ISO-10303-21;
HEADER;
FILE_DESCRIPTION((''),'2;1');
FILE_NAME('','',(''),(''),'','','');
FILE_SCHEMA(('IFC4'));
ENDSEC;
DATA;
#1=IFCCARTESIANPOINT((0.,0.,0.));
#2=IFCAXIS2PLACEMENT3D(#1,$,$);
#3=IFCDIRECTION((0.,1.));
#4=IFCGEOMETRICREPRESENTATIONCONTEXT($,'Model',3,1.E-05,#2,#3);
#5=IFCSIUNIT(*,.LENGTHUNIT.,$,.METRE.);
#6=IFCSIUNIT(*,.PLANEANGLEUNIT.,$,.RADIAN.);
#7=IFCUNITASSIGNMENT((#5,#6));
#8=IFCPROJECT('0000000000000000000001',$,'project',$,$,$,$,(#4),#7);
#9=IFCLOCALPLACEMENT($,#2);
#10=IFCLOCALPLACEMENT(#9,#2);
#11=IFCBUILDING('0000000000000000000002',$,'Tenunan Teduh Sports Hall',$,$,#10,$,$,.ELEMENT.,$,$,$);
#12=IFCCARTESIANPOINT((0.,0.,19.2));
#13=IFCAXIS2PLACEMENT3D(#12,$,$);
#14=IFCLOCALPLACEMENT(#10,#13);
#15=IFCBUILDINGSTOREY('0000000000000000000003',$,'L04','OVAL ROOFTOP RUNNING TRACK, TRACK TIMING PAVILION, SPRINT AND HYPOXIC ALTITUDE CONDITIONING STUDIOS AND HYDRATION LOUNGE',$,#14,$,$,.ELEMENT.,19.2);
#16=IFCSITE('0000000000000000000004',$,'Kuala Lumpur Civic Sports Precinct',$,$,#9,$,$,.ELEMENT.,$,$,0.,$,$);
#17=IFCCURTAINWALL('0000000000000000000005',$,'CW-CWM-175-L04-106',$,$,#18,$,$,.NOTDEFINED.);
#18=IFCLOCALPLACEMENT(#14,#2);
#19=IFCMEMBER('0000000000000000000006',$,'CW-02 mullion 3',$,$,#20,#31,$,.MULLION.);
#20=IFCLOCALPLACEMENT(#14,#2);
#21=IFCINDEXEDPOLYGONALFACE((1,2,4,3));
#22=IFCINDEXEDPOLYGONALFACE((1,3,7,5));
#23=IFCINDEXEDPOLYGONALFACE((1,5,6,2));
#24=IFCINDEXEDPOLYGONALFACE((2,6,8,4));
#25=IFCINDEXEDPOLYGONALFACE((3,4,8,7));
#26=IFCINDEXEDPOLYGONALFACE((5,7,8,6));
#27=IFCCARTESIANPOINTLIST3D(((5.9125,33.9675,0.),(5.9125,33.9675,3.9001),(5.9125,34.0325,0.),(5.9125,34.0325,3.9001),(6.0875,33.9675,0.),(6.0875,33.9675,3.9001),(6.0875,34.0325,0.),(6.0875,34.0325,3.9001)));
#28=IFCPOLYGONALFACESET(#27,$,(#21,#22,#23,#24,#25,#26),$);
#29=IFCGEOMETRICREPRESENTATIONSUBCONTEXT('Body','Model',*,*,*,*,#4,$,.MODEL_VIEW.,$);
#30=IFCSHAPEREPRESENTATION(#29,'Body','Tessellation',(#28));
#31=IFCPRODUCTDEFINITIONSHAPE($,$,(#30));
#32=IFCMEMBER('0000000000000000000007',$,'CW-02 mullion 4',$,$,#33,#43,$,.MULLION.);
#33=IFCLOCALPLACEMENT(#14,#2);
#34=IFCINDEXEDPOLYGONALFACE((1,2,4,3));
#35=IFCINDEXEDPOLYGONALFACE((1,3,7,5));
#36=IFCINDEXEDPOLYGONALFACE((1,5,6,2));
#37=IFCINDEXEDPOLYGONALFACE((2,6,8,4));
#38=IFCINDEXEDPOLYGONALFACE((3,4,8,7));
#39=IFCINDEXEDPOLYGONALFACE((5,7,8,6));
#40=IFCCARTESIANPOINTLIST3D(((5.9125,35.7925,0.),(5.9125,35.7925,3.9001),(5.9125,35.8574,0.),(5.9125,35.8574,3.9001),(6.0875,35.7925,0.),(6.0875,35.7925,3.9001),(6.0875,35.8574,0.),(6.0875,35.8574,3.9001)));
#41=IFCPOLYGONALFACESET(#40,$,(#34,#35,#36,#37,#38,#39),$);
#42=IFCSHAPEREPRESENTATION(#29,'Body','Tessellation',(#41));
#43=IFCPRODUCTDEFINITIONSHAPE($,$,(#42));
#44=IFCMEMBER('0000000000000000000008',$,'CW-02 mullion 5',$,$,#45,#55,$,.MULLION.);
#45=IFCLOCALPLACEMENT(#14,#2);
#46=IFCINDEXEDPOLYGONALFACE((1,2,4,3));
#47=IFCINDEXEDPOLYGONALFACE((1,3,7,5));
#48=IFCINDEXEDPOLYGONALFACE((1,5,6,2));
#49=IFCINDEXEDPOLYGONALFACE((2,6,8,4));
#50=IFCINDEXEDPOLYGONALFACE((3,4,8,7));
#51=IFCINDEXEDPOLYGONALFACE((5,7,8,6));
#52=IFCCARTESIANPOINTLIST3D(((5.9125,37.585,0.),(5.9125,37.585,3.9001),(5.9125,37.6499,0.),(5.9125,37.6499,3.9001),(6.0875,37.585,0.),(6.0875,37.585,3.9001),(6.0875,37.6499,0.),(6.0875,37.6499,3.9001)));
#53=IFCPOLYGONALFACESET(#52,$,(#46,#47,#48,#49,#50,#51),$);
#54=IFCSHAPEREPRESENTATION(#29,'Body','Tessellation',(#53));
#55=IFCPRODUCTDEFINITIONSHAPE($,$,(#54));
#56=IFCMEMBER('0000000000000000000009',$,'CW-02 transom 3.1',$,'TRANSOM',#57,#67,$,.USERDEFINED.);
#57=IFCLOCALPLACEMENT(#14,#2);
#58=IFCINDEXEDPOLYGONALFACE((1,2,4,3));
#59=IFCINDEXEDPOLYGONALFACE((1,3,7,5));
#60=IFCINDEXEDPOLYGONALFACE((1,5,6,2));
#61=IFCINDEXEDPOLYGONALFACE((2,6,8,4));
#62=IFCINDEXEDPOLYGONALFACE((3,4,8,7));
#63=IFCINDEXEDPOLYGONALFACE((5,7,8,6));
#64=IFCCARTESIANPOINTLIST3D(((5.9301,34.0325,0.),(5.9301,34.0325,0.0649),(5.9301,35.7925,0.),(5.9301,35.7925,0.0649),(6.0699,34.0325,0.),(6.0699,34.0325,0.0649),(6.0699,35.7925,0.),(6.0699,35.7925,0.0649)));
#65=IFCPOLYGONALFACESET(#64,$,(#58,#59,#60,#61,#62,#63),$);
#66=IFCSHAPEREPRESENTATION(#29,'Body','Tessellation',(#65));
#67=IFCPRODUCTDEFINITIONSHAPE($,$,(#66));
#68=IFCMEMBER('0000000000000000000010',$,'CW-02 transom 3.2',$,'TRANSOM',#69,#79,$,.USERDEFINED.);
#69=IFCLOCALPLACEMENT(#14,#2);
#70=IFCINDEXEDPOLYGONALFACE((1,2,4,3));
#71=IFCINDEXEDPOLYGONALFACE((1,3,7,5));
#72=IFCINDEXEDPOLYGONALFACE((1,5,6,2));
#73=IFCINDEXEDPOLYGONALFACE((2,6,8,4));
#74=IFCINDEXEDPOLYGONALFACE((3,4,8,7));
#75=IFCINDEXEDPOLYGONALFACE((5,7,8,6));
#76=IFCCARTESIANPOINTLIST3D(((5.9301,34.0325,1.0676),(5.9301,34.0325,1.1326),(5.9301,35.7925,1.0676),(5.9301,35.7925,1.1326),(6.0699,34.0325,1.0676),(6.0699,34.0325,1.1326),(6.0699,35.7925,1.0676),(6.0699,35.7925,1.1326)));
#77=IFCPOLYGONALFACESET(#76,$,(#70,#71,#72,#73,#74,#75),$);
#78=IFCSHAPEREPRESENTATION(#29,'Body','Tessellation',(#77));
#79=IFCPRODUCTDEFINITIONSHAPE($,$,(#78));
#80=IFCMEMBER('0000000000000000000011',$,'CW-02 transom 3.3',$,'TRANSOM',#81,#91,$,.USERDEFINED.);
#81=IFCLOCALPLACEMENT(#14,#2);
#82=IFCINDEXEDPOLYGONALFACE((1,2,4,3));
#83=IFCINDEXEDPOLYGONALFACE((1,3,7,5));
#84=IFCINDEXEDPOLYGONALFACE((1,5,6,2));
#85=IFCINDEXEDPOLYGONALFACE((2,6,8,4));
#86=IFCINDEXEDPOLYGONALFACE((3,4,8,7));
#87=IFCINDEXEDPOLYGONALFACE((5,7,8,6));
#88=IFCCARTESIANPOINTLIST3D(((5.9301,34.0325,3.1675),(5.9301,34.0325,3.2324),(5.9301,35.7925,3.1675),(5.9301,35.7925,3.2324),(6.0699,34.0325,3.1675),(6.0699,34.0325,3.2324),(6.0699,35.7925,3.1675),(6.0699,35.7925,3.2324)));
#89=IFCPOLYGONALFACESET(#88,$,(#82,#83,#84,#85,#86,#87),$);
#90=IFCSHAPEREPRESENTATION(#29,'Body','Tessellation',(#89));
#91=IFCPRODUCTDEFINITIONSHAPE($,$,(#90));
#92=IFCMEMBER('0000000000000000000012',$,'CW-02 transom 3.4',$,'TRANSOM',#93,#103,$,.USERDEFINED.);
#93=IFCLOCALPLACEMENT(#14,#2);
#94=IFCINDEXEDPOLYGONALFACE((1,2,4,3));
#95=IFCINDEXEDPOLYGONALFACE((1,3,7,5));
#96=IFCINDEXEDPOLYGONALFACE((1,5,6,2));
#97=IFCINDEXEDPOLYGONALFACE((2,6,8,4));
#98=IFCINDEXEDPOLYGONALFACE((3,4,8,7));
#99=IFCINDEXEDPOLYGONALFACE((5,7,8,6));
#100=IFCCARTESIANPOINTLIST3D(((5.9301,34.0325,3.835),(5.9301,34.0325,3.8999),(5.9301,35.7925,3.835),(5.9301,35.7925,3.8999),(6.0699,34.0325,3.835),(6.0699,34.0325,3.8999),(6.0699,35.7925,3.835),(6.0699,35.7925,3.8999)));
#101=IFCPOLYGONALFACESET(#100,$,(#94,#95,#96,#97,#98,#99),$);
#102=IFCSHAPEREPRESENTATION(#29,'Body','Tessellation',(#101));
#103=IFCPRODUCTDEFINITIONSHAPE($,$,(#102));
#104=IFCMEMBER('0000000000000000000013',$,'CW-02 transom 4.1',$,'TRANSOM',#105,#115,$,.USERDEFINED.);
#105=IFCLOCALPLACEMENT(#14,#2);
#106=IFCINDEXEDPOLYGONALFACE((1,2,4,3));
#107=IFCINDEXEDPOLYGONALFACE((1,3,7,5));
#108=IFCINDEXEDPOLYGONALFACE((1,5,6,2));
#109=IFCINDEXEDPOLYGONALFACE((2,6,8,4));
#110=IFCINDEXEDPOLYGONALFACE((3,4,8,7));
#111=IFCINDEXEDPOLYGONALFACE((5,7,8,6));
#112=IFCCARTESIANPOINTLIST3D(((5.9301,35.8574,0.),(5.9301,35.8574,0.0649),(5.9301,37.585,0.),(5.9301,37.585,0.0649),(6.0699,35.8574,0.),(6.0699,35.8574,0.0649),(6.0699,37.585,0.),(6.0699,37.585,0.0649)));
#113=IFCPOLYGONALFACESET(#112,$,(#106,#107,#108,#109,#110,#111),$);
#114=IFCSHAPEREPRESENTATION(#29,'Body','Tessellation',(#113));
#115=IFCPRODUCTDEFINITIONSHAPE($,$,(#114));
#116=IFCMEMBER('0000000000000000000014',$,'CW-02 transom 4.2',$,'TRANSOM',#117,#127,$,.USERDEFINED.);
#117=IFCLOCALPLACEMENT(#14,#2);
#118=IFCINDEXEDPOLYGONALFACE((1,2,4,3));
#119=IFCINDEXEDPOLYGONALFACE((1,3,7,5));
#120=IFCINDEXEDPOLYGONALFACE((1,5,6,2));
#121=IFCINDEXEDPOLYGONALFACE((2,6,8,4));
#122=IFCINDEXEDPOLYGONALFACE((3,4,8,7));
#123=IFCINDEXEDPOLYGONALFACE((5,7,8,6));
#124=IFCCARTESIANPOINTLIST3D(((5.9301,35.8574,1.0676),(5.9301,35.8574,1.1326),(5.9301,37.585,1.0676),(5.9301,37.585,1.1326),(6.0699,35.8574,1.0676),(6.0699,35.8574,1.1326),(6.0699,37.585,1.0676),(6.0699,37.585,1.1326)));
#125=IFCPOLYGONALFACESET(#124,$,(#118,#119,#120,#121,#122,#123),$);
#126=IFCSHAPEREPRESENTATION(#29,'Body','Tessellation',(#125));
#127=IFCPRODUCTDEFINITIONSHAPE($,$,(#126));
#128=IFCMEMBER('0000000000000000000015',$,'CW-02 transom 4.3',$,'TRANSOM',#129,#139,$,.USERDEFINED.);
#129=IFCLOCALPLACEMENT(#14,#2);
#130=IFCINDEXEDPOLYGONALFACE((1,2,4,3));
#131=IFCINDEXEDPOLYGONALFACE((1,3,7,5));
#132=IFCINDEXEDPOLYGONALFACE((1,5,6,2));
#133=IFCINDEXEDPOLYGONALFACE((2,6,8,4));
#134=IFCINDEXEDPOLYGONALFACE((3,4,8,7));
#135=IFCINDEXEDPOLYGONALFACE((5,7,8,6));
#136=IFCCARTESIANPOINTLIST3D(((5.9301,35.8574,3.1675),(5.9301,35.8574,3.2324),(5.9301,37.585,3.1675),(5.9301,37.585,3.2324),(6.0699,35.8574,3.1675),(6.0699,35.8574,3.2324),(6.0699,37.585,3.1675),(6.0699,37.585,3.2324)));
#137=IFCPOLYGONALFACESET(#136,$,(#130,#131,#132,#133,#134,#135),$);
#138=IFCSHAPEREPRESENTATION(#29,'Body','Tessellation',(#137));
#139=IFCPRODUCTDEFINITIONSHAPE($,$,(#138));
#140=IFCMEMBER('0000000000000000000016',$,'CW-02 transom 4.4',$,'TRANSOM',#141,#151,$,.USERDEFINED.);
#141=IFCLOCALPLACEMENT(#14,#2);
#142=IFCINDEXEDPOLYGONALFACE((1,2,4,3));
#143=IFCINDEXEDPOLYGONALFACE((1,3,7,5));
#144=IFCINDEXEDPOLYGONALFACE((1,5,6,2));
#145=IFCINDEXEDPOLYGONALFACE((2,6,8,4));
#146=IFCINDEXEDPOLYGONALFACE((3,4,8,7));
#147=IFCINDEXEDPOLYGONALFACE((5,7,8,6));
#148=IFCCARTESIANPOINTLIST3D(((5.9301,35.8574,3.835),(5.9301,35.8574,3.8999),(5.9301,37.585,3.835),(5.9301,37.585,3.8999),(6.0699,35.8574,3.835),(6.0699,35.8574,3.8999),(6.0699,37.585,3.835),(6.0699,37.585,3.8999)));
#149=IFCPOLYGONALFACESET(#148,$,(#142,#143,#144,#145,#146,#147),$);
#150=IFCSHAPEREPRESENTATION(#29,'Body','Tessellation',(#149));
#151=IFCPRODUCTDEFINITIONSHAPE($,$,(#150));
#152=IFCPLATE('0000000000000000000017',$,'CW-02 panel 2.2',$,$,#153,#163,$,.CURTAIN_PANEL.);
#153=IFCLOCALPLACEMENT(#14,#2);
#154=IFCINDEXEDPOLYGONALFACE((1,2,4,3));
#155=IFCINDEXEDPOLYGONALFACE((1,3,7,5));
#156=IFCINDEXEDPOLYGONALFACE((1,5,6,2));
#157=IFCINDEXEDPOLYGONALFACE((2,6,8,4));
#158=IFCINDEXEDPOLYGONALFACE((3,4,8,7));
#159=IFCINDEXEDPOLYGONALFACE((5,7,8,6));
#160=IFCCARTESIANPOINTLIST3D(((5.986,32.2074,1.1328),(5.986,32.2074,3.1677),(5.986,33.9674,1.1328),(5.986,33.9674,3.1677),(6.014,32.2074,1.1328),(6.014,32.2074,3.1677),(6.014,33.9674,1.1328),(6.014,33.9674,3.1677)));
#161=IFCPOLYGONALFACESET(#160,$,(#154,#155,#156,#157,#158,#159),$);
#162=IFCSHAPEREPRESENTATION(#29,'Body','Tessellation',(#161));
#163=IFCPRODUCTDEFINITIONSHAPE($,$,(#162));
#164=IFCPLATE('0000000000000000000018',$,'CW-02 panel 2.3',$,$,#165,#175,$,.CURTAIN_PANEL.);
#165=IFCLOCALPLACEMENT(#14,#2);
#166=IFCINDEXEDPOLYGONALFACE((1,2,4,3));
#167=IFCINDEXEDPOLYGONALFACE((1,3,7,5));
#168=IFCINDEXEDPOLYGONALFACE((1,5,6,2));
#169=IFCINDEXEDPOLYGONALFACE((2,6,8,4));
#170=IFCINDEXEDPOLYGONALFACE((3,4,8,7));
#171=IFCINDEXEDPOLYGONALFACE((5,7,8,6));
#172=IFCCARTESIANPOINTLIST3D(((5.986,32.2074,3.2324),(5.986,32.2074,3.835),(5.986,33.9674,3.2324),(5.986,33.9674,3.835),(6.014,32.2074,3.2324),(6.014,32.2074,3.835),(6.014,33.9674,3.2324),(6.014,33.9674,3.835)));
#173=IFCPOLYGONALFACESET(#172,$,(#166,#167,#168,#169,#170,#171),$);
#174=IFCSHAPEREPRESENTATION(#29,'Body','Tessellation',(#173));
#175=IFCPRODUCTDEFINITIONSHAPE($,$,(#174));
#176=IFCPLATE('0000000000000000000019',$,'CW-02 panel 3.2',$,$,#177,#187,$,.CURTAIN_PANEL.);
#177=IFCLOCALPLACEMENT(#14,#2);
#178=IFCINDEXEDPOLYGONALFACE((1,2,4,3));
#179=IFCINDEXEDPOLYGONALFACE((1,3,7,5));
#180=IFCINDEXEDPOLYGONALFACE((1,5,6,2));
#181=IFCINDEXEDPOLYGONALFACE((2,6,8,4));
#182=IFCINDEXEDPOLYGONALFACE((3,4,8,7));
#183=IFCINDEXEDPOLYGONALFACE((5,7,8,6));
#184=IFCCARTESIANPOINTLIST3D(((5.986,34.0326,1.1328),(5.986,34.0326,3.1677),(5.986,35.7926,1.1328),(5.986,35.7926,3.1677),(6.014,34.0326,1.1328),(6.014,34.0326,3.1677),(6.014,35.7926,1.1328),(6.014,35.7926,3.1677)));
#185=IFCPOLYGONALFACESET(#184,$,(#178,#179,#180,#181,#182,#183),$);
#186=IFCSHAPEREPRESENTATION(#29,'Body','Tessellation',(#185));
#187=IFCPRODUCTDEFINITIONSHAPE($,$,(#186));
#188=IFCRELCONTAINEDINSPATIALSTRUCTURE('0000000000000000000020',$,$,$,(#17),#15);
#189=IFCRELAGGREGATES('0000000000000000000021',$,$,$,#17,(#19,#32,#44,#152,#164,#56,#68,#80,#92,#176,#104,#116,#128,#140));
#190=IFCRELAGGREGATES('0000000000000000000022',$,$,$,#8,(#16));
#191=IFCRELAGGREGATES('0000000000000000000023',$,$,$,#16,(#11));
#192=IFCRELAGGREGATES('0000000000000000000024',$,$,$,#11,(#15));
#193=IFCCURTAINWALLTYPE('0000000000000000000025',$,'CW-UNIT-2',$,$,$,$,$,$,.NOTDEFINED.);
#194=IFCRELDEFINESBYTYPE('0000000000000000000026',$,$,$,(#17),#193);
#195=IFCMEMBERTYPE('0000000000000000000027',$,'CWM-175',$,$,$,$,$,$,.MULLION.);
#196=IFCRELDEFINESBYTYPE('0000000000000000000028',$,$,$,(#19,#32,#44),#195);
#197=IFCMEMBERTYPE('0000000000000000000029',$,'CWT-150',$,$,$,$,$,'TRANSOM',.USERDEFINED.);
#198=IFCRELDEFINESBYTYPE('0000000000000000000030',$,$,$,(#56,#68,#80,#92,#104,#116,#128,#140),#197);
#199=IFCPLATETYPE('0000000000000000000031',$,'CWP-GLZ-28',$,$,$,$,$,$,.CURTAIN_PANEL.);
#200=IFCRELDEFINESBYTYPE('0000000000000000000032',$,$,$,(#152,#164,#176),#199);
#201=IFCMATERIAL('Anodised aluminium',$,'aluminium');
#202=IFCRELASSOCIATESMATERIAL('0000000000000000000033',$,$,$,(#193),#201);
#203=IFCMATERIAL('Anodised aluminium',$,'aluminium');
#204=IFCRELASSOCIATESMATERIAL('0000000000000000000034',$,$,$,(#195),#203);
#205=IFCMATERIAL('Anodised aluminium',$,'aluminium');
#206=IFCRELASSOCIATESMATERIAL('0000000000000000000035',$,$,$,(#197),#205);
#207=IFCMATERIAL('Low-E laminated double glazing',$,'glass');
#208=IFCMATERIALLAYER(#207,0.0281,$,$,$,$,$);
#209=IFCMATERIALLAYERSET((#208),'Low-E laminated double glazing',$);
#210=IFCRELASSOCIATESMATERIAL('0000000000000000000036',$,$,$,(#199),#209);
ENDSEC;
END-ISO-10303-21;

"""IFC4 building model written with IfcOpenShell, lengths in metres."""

from ifc_helpers import new_model, si_unit, direction, frame, origin, origin_2d, place, context, subcontext, project, spatial, rectangle, extrude, material, layer, layer_set, material_profile, profile_set, type_object, element, aggregate, save


model = new_model("IFC4")

# Units and contexts
model_context = context("Model", 3, precision=1e-05, world=origin(), true_north=direction((0.0, 1.0)))
body_context = subcontext(model_context, "Body", "Model", "MODEL_VIEW")
ifc_project = project(units=[si_unit("LENGTHUNIT", "METRE"), si_unit("PLANEANGLEUNIT", "RADIAN")], contexts=[model_context])

# Site, building, storey
site_placement = place(None, origin())
site = spatial("IfcSite", under=ifc_project, at=site_placement, Name="Kuala Lumpur Civic Sports Precinct", CompositionType="ELEMENT", RefElevation=0.0)
building_placement = place(site_placement, origin())
building = spatial("IfcBuilding", under=site, at=building_placement, Name="Tenunan Teduh Sports Hall", CompositionType="ELEMENT")
storey_placement = place(building_placement, frame((0.0, 0.0, 19.2)))
storey = spatial("IfcBuildingStorey", under=building, at=storey_placement, Name="L04", Description="OVAL ROOFTOP RUNNING TRACK, TRACK TIMING PAVILION, SPRINT AND HYPOXIC ALTITUDE CONDITIONING STUDIOS AND HYDRATION LOUNGE", CompositionType="ELEMENT", Elevation=19.2)

# Curtain wall, members, plates
ifc_material_1 = material(Name="Anodised aluminium", Category="aluminium")
curtain_wall_type = type_object("IfcCurtainWallType", Name="CW-UNIT-2", PredefinedType="NOTDEFINED", material=ifc_material_1)
curtain_wall_placement = place(storey_placement, origin())
curtain_wall = element("IfcCurtainWall", 1, at=curtain_wall_placement, inside=storey, type_object=curtain_wall_type, Name="CW-CWM-175-L04-106", PredefinedType="NOTDEFINED")
ifc_material_2 = material(Name="Anodised aluminium", Category="aluminium")
ifc_material_profile_1 = material_profile(ifc_material_2, rectangle(XDim=0.0649, YDim=0.175, at=origin_2d()), Name="CWM 65x175")
ifc_profile_set_1 = profile_set([ifc_material_profile_1], Name="Anodised aluminium")
member_type_1 = type_object("IfcMemberType", Name="CWM-175", PredefinedType="MULLION", material=ifc_profile_set_1)
member_1_placement = place(storey_placement, frame((6.0, 34.0, 0.0), z_axis=(0.0, 0.0, 1.0), x_axis=(0.0, 1.0, 0.0)))
member_1 = element("IfcMember", 2, at=member_1_placement, type_object=member_type_1, Name="CW-02 mullion 3", PredefinedType="MULLION", context=body_context, shape_type="SweptSolid", body=[
    extrude(rectangle(XDim=0.0649, YDim=0.175, at=origin_2d()), origin(), (0.0, 0.0, 1.0), 3.9001),
])
member_2_placement = place(storey_placement, frame((6.0, 35.825, 0.0), z_axis=(0.0, 0.0, 1.0), x_axis=(0.0, 1.0, 0.0)))
member_2 = element("IfcMember", 3, at=member_2_placement, type_object=member_type_1, Name="CW-02 mullion 4", PredefinedType="MULLION", context=body_context, shape_type="SweptSolid", body=[
    extrude(rectangle(XDim=0.0649, YDim=0.175, at=origin_2d()), origin(), (0.0, 0.0, 1.0), 3.9001),
])
member_3_placement = place(storey_placement, frame((6.0, 37.6174, 0.0), z_axis=(0.0, 0.0, 1.0), x_axis=(0.0, 1.0, 0.0)))
member_3 = element("IfcMember", 4, at=member_3_placement, type_object=member_type_1, Name="CW-02 mullion 5", PredefinedType="MULLION", context=body_context, shape_type="SweptSolid", body=[
    extrude(rectangle(XDim=0.0649, YDim=0.175, at=origin_2d()), origin(), (0.0, 0.0, 1.0), 3.9001),
])
ifc_material_3 = material(Name="Anodised aluminium", Category="aluminium")
ifc_material_profile_2 = material_profile(ifc_material_3, rectangle(XDim=0.0649, YDim=0.1399, at=origin_2d()), Name="CWT 65x140")
ifc_profile_set_2 = profile_set([ifc_material_profile_2], Name="Anodised aluminium")
member_type_2 = type_object("IfcMemberType", Name="CWT-150", ElementType="TRANSOM", PredefinedType="USERDEFINED", material=ifc_profile_set_2)
member_4_placement = place(storey_placement, frame((6.0, 34.0325, 0.0325), z_axis=(0.0, 1.0, 0.0), x_axis=(0.0, 0.0, 1.0)))
member_4 = element("IfcMember", 5, at=member_4_placement, type_object=member_type_2, Name="CW-02 transom 3.1", ObjectType="TRANSOM", PredefinedType="USERDEFINED", context=body_context, shape_type="SweptSolid", body=[
    extrude(rectangle(XDim=0.0649, YDim=0.1399, at=origin_2d()), origin(), (0.0, 0.0, 1.0), 1.76),
])
member_5_placement = place(storey_placement, frame((6.0, 34.0325, 1.1001), z_axis=(0.0, 1.0, 0.0), x_axis=(0.0, 0.0, 1.0)))
member_5 = element("IfcMember", 6, at=member_5_placement, type_object=member_type_2, Name="CW-02 transom 3.2", ObjectType="TRANSOM", PredefinedType="USERDEFINED", context=body_context, shape_type="SweptSolid", body=[
    extrude(rectangle(XDim=0.0649, YDim=0.1399, at=origin_2d()), origin(), (0.0, 0.0, 1.0), 1.76),
])
member_6_placement = place(storey_placement, frame((6.0, 34.0325, 3.2), z_axis=(0.0, 1.0, 0.0), x_axis=(0.0, 0.0, 1.0)))
member_6 = element("IfcMember", 7, at=member_6_placement, type_object=member_type_2, Name="CW-02 transom 3.3", ObjectType="TRANSOM", PredefinedType="USERDEFINED", context=body_context, shape_type="SweptSolid", body=[
    extrude(rectangle(XDim=0.0649, YDim=0.1399, at=origin_2d()), origin(), (0.0, 0.0, 1.0), 1.76),
])
member_7_placement = place(storey_placement, frame((6.0, 34.0325, 3.8674), z_axis=(0.0, 1.0, 0.0), x_axis=(0.0, 0.0, 1.0)))
member_7 = element("IfcMember", 8, at=member_7_placement, type_object=member_type_2, Name="CW-02 transom 3.4", ObjectType="TRANSOM", PredefinedType="USERDEFINED", context=body_context, shape_type="SweptSolid", body=[
    extrude(rectangle(XDim=0.0649, YDim=0.1399, at=origin_2d()), origin(), (0.0, 0.0, 1.0), 1.76),
])
member_8_placement = place(storey_placement, frame((6.0, 35.8574, 0.0325), z_axis=(0.0, 1.0, 0.0), x_axis=(0.0, 0.0, 1.0)))
member_8 = element("IfcMember", 9, at=member_8_placement, type_object=member_type_2, Name="CW-02 transom 4.1", ObjectType="TRANSOM", PredefinedType="USERDEFINED", context=body_context, shape_type="SweptSolid", body=[
    extrude(rectangle(XDim=0.0649, YDim=0.1399, at=origin_2d()), origin(), (0.0, 0.0, 1.0), 1.7275),
])
member_9_placement = place(storey_placement, frame((6.0, 35.8574, 1.1001), z_axis=(0.0, 1.0, 0.0), x_axis=(0.0, 0.0, 1.0)))
member_9 = element("IfcMember", 10, at=member_9_placement, type_object=member_type_2, Name="CW-02 transom 4.2", ObjectType="TRANSOM", PredefinedType="USERDEFINED", context=body_context, shape_type="SweptSolid", body=[
    extrude(rectangle(XDim=0.0649, YDim=0.1399, at=origin_2d()), origin(), (0.0, 0.0, 1.0), 1.7275),
])
member_10_placement = place(storey_placement, frame((6.0, 35.8574, 3.2), z_axis=(0.0, 1.0, 0.0), x_axis=(0.0, 0.0, 1.0)))
member_10 = element("IfcMember", 11, at=member_10_placement, type_object=member_type_2, Name="CW-02 transom 4.3", ObjectType="TRANSOM", PredefinedType="USERDEFINED", context=body_context, shape_type="SweptSolid", body=[
    extrude(rectangle(XDim=0.0649, YDim=0.1399, at=origin_2d()), origin(), (0.0, 0.0, 1.0), 1.7275),
])
member_11_placement = place(storey_placement, frame((6.0, 35.8574, 3.8674), z_axis=(0.0, 1.0, 0.0), x_axis=(0.0, 0.0, 1.0)))
member_11 = element("IfcMember", 12, at=member_11_placement, type_object=member_type_2, Name="CW-02 transom 4.4", ObjectType="TRANSOM", PredefinedType="USERDEFINED", context=body_context, shape_type="SweptSolid", body=[
    extrude(rectangle(XDim=0.0649, YDim=0.1399, at=origin_2d()), origin(), (0.0, 0.0, 1.0), 1.7275),
])
ifc_material_4 = material(Name="Low-E laminated double glazing", Category="glass")
ifc_layer_1 = layer(ifc_material_4, 0.0281)
ifc_layer_set_1 = layer_set([ifc_layer_1], Name="Low-E laminated double glazing")
plate_type_1 = type_object("IfcPlateType", Name="CWP-GLZ-28", PredefinedType="CURTAIN_PANEL", material=ifc_layer_set_1)
plate_1_placement = place(storey_placement, frame((6.0, 33.0874, 1.1328), z_axis=(0.0, 0.0, 1.0), x_axis=(0.0, 1.0, 0.0)))
plate_1 = element("IfcPlate", 13, at=plate_1_placement, type_object=plate_type_1, Name="CW-02 panel 2.2", PredefinedType="CURTAIN_PANEL", context=body_context, shape_type="SweptSolid", body=[
    extrude(rectangle(XDim=1.76, YDim=0.0281, at=origin_2d()), origin(), (0.0, 0.0, 1.0), 2.0349),
])
plate_2_placement = place(storey_placement, frame((6.0, 33.0874, 3.2324), z_axis=(0.0, 0.0, 1.0), x_axis=(0.0, 1.0, 0.0)))
plate_2 = element("IfcPlate", 14, at=plate_2_placement, type_object=plate_type_1, Name="CW-02 panel 2.3", PredefinedType="CURTAIN_PANEL", context=body_context, shape_type="SweptSolid", body=[
    extrude(rectangle(XDim=1.76, YDim=0.0281, at=origin_2d()), origin(), (0.0, 0.0, 1.0), 0.6025),
])
plate_3_placement = place(storey_placement, frame((6.0, 34.9126, 1.1328), z_axis=(0.0, 0.0, 1.0), x_axis=(0.0, 1.0, 0.0)))
plate_3 = element("IfcPlate", 15, at=plate_3_placement, type_object=plate_type_1, Name="CW-02 panel 3.2", PredefinedType="CURTAIN_PANEL", context=body_context, shape_type="SweptSolid", body=[
    extrude(rectangle(XDim=1.76, YDim=0.0281, at=origin_2d()), origin(), (0.0, 0.0, 1.0), 2.0349),
])
aggregate(curtain_wall, [member_1, member_2, member_3, plate_1, plate_2, member_4, member_5, member_6, member_7, plate_3, member_8, member_9, member_10, member_11])

save(model, "model.ifc")
